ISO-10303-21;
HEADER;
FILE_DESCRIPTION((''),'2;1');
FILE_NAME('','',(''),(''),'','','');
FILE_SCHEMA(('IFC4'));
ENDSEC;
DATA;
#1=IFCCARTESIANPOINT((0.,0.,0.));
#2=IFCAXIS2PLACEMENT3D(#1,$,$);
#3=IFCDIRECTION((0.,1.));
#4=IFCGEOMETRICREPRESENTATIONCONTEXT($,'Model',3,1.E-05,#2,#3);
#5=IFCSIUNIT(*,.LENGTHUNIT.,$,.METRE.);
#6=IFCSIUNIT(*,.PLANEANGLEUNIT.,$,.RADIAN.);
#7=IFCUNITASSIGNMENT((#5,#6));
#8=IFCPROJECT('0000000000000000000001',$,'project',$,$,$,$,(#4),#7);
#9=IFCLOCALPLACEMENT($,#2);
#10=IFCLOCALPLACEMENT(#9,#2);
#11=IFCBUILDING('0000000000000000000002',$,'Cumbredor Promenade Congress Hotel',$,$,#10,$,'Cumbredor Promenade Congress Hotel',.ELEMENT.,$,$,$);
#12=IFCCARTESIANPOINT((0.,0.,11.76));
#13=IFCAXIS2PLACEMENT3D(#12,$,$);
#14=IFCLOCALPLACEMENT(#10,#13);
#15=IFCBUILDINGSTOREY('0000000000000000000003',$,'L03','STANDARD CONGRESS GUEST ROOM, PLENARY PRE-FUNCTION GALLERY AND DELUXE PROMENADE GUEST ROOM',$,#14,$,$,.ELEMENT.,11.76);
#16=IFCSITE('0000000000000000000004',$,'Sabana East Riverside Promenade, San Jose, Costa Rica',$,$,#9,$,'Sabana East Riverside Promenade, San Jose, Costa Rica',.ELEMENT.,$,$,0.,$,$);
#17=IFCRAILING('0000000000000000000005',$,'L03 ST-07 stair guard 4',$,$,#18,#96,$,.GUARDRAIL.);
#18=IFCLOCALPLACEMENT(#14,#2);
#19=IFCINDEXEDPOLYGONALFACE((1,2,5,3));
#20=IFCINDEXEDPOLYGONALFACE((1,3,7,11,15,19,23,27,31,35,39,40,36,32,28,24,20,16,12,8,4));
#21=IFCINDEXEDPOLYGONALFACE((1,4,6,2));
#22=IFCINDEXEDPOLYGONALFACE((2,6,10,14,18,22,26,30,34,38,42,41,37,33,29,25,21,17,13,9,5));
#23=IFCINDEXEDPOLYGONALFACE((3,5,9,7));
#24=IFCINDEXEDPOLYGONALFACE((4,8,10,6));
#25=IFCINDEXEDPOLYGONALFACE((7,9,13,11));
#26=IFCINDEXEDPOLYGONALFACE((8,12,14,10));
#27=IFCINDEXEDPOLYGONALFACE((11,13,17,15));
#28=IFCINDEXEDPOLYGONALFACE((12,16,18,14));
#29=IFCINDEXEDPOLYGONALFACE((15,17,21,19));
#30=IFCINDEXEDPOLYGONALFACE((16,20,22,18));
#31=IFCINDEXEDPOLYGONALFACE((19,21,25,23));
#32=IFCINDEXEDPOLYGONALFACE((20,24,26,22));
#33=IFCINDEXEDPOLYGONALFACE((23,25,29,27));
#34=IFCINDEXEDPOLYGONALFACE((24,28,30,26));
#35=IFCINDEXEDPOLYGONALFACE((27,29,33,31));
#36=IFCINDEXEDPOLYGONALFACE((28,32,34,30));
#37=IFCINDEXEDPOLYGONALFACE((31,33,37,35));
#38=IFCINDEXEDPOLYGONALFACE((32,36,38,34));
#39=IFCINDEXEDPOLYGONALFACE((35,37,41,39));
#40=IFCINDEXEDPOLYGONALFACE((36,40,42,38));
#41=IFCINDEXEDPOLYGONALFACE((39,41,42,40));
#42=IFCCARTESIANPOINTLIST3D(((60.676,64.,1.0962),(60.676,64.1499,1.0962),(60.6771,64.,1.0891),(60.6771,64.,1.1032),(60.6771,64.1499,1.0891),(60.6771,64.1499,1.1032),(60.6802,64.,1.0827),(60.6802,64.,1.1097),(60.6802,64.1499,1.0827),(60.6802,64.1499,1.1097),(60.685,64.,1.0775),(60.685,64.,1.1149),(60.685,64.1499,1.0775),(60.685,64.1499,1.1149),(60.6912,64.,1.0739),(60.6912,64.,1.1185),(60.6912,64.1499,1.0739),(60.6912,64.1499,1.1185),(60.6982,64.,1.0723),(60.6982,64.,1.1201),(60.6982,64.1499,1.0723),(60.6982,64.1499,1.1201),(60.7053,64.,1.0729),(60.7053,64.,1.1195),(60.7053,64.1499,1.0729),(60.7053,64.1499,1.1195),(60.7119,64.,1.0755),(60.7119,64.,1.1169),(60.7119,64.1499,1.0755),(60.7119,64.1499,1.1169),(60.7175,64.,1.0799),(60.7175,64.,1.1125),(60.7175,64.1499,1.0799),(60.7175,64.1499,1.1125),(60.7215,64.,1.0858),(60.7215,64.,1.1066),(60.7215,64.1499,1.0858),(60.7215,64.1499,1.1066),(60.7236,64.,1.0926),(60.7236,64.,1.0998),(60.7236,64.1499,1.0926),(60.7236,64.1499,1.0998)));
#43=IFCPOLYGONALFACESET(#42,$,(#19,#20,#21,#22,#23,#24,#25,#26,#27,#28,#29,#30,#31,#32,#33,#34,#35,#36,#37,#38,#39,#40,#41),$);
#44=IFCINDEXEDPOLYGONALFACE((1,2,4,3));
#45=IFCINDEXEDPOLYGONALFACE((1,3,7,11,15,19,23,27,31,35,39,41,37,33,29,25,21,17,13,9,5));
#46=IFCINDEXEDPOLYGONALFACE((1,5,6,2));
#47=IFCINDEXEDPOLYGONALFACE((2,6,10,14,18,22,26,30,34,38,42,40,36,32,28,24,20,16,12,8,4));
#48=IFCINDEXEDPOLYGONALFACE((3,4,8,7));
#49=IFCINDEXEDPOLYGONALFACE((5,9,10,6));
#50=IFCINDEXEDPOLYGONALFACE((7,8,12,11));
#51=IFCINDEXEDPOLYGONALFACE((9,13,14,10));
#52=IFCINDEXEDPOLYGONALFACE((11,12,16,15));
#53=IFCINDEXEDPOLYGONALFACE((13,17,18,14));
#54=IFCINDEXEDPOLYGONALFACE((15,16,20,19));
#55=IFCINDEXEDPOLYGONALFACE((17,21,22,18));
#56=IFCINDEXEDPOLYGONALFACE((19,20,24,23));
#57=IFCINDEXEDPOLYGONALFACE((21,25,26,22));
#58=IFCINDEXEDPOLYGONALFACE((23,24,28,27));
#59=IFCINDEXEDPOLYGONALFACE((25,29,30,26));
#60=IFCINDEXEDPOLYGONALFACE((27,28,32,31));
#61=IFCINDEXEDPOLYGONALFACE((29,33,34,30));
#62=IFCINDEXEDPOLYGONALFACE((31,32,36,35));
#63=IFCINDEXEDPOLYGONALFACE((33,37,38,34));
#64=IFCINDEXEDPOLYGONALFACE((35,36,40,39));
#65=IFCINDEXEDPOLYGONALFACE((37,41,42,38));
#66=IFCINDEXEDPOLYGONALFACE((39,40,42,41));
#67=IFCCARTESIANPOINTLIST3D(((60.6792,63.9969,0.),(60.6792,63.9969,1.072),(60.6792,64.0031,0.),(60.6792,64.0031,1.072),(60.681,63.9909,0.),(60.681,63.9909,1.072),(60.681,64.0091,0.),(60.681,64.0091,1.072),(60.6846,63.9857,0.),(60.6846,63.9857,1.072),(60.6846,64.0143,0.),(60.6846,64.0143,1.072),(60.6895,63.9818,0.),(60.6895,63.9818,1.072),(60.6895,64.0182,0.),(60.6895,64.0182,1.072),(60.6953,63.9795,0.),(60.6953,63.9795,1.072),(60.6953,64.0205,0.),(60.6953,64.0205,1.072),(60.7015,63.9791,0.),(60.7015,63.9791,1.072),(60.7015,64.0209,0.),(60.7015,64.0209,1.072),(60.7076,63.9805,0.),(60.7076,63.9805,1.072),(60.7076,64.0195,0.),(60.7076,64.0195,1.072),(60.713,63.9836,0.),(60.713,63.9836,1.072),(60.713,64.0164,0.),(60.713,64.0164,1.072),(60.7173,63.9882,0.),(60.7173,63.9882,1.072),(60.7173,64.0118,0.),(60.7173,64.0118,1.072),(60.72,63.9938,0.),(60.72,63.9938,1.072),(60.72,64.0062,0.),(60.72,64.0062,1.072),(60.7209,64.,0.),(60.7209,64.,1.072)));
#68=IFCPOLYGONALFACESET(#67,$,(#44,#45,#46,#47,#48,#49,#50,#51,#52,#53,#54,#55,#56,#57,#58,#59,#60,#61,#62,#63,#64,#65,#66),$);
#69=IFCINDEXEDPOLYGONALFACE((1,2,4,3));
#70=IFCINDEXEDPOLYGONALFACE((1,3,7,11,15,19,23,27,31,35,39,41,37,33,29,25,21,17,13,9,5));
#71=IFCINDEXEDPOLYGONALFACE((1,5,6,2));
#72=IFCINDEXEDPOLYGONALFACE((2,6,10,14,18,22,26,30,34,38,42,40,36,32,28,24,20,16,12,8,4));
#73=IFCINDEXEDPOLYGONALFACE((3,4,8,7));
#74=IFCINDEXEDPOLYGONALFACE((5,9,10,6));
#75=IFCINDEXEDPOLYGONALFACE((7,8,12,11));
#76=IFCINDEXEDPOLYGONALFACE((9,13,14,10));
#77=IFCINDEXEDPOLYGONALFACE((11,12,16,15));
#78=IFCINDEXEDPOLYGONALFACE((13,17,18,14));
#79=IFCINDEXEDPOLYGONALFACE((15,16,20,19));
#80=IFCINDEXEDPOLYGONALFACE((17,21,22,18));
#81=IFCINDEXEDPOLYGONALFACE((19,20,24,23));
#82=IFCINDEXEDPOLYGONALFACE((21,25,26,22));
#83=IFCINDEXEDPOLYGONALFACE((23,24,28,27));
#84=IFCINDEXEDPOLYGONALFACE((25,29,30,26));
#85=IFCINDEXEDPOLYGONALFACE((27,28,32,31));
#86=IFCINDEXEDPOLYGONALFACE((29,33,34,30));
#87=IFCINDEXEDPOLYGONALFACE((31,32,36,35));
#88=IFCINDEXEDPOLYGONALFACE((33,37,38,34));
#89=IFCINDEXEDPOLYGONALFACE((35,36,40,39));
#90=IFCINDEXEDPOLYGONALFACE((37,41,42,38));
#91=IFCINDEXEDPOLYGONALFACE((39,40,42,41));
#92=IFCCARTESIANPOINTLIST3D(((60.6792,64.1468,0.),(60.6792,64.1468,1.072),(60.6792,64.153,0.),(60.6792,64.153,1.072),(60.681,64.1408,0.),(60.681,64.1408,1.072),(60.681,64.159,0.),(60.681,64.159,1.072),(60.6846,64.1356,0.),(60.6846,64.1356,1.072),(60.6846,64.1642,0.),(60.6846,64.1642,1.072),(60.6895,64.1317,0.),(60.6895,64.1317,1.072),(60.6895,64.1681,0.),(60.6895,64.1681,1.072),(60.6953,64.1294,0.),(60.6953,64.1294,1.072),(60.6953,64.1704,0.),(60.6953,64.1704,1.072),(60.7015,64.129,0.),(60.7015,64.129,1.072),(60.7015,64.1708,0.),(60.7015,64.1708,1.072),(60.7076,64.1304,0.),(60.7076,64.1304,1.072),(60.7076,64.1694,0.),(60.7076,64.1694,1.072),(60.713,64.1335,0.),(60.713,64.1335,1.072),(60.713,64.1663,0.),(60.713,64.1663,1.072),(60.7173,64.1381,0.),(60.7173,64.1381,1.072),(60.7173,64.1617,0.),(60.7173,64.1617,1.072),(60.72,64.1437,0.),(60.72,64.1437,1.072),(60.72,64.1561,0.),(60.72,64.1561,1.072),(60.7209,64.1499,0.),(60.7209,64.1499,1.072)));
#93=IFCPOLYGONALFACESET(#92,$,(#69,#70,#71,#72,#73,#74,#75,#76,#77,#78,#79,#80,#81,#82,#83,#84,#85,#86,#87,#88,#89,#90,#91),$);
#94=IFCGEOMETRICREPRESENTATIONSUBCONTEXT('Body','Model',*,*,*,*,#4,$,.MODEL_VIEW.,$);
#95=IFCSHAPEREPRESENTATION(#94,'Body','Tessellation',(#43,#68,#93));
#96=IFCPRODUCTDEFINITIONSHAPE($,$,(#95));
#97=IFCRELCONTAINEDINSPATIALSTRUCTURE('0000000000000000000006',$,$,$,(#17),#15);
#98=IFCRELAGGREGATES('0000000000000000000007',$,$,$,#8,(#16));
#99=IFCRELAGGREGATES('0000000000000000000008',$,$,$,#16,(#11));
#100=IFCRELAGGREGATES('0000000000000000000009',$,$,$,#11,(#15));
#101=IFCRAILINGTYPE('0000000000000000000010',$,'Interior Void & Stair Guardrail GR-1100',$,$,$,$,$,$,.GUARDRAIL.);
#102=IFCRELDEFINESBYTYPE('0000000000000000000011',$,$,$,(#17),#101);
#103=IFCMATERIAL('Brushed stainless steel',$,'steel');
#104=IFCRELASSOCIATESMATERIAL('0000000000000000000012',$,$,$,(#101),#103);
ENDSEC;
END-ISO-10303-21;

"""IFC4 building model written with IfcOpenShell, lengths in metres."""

from ifc_helpers import new_model, si_unit, direction, frame, origin, origin_2d, place, context, subcontext, project, spatial, circle, extrude, material, type_object, element, save


model = new_model("IFC4")

# Units and contexts
model_context = context("Model", 3, precision=1e-05, world=origin(), true_north=direction((0.0, 1.0)))
body_context = subcontext(model_context, "Body", "Model", "MODEL_VIEW")
ifc_project = project(units=[si_unit("LENGTHUNIT", "METRE"), si_unit("PLANEANGLEUNIT", "RADIAN")], contexts=[model_context])

# Site, building, storey
site_placement = place(None, origin())
site = spatial("IfcSite", under=ifc_project, at=site_placement, Name="Sabana East Riverside Promenade, San Jose, Costa Rica", LongName="Sabana East Riverside Promenade, San Jose, Costa Rica", CompositionType="ELEMENT", RefElevation=0.0)
building_placement = place(site_placement, origin())
building = spatial("IfcBuilding", under=site, at=building_placement, Name="Cumbredor Promenade Congress Hotel", LongName="Cumbredor Promenade Congress Hotel", CompositionType="ELEMENT")
storey_placement = place(building_placement, frame((0.0, 0.0, 11.76)))
storey = spatial("IfcBuildingStorey", under=building, at=storey_placement, Name="L03", Description="STANDARD CONGRESS GUEST ROOM, PLENARY PRE-FUNCTION GALLERY AND DELUXE PROMENADE GUEST ROOM", CompositionType="ELEMENT", Elevation=11.76)

# Railing
ifc_material_1 = material(Name="Brushed stainless steel", Category="steel")
railing_type_1 = type_object("IfcRailingType", Name="Interior Void & Stair Guardrail GR-1100", PredefinedType="GUARDRAIL", material=ifc_material_1)
railing_1_placement = place(storey_placement, frame((60.7, 64.0, 0.0)))
element("IfcRailing", 1, at=railing_1_placement, inside=storey, type_object=railing_type_1, Name="L03 ST-07 stair guard 4", PredefinedType="GUARDRAIL", context=body_context, shape_type="SweptSolid", body=[
    extrude(circle(Radius=0.0239, at=origin_2d()), frame((0.0, 0.0, 1.0962), z_axis=(0.0, 1.0, 0.0), x_axis=(-1.0, 0.0, 0.0)), (0.0, 0.0, 1.0), 0.1499),
    extrude(circle(Radius=0.021, at=origin_2d()), origin(), (0.0, 0.0, 1.0), 1.072),
    extrude(circle(Radius=0.021, at=origin_2d()), frame((0.0, 0.1499, 0.0)), (0.0, 0.0, 1.0), 1.072),
])

save(model, "model.ifc")
